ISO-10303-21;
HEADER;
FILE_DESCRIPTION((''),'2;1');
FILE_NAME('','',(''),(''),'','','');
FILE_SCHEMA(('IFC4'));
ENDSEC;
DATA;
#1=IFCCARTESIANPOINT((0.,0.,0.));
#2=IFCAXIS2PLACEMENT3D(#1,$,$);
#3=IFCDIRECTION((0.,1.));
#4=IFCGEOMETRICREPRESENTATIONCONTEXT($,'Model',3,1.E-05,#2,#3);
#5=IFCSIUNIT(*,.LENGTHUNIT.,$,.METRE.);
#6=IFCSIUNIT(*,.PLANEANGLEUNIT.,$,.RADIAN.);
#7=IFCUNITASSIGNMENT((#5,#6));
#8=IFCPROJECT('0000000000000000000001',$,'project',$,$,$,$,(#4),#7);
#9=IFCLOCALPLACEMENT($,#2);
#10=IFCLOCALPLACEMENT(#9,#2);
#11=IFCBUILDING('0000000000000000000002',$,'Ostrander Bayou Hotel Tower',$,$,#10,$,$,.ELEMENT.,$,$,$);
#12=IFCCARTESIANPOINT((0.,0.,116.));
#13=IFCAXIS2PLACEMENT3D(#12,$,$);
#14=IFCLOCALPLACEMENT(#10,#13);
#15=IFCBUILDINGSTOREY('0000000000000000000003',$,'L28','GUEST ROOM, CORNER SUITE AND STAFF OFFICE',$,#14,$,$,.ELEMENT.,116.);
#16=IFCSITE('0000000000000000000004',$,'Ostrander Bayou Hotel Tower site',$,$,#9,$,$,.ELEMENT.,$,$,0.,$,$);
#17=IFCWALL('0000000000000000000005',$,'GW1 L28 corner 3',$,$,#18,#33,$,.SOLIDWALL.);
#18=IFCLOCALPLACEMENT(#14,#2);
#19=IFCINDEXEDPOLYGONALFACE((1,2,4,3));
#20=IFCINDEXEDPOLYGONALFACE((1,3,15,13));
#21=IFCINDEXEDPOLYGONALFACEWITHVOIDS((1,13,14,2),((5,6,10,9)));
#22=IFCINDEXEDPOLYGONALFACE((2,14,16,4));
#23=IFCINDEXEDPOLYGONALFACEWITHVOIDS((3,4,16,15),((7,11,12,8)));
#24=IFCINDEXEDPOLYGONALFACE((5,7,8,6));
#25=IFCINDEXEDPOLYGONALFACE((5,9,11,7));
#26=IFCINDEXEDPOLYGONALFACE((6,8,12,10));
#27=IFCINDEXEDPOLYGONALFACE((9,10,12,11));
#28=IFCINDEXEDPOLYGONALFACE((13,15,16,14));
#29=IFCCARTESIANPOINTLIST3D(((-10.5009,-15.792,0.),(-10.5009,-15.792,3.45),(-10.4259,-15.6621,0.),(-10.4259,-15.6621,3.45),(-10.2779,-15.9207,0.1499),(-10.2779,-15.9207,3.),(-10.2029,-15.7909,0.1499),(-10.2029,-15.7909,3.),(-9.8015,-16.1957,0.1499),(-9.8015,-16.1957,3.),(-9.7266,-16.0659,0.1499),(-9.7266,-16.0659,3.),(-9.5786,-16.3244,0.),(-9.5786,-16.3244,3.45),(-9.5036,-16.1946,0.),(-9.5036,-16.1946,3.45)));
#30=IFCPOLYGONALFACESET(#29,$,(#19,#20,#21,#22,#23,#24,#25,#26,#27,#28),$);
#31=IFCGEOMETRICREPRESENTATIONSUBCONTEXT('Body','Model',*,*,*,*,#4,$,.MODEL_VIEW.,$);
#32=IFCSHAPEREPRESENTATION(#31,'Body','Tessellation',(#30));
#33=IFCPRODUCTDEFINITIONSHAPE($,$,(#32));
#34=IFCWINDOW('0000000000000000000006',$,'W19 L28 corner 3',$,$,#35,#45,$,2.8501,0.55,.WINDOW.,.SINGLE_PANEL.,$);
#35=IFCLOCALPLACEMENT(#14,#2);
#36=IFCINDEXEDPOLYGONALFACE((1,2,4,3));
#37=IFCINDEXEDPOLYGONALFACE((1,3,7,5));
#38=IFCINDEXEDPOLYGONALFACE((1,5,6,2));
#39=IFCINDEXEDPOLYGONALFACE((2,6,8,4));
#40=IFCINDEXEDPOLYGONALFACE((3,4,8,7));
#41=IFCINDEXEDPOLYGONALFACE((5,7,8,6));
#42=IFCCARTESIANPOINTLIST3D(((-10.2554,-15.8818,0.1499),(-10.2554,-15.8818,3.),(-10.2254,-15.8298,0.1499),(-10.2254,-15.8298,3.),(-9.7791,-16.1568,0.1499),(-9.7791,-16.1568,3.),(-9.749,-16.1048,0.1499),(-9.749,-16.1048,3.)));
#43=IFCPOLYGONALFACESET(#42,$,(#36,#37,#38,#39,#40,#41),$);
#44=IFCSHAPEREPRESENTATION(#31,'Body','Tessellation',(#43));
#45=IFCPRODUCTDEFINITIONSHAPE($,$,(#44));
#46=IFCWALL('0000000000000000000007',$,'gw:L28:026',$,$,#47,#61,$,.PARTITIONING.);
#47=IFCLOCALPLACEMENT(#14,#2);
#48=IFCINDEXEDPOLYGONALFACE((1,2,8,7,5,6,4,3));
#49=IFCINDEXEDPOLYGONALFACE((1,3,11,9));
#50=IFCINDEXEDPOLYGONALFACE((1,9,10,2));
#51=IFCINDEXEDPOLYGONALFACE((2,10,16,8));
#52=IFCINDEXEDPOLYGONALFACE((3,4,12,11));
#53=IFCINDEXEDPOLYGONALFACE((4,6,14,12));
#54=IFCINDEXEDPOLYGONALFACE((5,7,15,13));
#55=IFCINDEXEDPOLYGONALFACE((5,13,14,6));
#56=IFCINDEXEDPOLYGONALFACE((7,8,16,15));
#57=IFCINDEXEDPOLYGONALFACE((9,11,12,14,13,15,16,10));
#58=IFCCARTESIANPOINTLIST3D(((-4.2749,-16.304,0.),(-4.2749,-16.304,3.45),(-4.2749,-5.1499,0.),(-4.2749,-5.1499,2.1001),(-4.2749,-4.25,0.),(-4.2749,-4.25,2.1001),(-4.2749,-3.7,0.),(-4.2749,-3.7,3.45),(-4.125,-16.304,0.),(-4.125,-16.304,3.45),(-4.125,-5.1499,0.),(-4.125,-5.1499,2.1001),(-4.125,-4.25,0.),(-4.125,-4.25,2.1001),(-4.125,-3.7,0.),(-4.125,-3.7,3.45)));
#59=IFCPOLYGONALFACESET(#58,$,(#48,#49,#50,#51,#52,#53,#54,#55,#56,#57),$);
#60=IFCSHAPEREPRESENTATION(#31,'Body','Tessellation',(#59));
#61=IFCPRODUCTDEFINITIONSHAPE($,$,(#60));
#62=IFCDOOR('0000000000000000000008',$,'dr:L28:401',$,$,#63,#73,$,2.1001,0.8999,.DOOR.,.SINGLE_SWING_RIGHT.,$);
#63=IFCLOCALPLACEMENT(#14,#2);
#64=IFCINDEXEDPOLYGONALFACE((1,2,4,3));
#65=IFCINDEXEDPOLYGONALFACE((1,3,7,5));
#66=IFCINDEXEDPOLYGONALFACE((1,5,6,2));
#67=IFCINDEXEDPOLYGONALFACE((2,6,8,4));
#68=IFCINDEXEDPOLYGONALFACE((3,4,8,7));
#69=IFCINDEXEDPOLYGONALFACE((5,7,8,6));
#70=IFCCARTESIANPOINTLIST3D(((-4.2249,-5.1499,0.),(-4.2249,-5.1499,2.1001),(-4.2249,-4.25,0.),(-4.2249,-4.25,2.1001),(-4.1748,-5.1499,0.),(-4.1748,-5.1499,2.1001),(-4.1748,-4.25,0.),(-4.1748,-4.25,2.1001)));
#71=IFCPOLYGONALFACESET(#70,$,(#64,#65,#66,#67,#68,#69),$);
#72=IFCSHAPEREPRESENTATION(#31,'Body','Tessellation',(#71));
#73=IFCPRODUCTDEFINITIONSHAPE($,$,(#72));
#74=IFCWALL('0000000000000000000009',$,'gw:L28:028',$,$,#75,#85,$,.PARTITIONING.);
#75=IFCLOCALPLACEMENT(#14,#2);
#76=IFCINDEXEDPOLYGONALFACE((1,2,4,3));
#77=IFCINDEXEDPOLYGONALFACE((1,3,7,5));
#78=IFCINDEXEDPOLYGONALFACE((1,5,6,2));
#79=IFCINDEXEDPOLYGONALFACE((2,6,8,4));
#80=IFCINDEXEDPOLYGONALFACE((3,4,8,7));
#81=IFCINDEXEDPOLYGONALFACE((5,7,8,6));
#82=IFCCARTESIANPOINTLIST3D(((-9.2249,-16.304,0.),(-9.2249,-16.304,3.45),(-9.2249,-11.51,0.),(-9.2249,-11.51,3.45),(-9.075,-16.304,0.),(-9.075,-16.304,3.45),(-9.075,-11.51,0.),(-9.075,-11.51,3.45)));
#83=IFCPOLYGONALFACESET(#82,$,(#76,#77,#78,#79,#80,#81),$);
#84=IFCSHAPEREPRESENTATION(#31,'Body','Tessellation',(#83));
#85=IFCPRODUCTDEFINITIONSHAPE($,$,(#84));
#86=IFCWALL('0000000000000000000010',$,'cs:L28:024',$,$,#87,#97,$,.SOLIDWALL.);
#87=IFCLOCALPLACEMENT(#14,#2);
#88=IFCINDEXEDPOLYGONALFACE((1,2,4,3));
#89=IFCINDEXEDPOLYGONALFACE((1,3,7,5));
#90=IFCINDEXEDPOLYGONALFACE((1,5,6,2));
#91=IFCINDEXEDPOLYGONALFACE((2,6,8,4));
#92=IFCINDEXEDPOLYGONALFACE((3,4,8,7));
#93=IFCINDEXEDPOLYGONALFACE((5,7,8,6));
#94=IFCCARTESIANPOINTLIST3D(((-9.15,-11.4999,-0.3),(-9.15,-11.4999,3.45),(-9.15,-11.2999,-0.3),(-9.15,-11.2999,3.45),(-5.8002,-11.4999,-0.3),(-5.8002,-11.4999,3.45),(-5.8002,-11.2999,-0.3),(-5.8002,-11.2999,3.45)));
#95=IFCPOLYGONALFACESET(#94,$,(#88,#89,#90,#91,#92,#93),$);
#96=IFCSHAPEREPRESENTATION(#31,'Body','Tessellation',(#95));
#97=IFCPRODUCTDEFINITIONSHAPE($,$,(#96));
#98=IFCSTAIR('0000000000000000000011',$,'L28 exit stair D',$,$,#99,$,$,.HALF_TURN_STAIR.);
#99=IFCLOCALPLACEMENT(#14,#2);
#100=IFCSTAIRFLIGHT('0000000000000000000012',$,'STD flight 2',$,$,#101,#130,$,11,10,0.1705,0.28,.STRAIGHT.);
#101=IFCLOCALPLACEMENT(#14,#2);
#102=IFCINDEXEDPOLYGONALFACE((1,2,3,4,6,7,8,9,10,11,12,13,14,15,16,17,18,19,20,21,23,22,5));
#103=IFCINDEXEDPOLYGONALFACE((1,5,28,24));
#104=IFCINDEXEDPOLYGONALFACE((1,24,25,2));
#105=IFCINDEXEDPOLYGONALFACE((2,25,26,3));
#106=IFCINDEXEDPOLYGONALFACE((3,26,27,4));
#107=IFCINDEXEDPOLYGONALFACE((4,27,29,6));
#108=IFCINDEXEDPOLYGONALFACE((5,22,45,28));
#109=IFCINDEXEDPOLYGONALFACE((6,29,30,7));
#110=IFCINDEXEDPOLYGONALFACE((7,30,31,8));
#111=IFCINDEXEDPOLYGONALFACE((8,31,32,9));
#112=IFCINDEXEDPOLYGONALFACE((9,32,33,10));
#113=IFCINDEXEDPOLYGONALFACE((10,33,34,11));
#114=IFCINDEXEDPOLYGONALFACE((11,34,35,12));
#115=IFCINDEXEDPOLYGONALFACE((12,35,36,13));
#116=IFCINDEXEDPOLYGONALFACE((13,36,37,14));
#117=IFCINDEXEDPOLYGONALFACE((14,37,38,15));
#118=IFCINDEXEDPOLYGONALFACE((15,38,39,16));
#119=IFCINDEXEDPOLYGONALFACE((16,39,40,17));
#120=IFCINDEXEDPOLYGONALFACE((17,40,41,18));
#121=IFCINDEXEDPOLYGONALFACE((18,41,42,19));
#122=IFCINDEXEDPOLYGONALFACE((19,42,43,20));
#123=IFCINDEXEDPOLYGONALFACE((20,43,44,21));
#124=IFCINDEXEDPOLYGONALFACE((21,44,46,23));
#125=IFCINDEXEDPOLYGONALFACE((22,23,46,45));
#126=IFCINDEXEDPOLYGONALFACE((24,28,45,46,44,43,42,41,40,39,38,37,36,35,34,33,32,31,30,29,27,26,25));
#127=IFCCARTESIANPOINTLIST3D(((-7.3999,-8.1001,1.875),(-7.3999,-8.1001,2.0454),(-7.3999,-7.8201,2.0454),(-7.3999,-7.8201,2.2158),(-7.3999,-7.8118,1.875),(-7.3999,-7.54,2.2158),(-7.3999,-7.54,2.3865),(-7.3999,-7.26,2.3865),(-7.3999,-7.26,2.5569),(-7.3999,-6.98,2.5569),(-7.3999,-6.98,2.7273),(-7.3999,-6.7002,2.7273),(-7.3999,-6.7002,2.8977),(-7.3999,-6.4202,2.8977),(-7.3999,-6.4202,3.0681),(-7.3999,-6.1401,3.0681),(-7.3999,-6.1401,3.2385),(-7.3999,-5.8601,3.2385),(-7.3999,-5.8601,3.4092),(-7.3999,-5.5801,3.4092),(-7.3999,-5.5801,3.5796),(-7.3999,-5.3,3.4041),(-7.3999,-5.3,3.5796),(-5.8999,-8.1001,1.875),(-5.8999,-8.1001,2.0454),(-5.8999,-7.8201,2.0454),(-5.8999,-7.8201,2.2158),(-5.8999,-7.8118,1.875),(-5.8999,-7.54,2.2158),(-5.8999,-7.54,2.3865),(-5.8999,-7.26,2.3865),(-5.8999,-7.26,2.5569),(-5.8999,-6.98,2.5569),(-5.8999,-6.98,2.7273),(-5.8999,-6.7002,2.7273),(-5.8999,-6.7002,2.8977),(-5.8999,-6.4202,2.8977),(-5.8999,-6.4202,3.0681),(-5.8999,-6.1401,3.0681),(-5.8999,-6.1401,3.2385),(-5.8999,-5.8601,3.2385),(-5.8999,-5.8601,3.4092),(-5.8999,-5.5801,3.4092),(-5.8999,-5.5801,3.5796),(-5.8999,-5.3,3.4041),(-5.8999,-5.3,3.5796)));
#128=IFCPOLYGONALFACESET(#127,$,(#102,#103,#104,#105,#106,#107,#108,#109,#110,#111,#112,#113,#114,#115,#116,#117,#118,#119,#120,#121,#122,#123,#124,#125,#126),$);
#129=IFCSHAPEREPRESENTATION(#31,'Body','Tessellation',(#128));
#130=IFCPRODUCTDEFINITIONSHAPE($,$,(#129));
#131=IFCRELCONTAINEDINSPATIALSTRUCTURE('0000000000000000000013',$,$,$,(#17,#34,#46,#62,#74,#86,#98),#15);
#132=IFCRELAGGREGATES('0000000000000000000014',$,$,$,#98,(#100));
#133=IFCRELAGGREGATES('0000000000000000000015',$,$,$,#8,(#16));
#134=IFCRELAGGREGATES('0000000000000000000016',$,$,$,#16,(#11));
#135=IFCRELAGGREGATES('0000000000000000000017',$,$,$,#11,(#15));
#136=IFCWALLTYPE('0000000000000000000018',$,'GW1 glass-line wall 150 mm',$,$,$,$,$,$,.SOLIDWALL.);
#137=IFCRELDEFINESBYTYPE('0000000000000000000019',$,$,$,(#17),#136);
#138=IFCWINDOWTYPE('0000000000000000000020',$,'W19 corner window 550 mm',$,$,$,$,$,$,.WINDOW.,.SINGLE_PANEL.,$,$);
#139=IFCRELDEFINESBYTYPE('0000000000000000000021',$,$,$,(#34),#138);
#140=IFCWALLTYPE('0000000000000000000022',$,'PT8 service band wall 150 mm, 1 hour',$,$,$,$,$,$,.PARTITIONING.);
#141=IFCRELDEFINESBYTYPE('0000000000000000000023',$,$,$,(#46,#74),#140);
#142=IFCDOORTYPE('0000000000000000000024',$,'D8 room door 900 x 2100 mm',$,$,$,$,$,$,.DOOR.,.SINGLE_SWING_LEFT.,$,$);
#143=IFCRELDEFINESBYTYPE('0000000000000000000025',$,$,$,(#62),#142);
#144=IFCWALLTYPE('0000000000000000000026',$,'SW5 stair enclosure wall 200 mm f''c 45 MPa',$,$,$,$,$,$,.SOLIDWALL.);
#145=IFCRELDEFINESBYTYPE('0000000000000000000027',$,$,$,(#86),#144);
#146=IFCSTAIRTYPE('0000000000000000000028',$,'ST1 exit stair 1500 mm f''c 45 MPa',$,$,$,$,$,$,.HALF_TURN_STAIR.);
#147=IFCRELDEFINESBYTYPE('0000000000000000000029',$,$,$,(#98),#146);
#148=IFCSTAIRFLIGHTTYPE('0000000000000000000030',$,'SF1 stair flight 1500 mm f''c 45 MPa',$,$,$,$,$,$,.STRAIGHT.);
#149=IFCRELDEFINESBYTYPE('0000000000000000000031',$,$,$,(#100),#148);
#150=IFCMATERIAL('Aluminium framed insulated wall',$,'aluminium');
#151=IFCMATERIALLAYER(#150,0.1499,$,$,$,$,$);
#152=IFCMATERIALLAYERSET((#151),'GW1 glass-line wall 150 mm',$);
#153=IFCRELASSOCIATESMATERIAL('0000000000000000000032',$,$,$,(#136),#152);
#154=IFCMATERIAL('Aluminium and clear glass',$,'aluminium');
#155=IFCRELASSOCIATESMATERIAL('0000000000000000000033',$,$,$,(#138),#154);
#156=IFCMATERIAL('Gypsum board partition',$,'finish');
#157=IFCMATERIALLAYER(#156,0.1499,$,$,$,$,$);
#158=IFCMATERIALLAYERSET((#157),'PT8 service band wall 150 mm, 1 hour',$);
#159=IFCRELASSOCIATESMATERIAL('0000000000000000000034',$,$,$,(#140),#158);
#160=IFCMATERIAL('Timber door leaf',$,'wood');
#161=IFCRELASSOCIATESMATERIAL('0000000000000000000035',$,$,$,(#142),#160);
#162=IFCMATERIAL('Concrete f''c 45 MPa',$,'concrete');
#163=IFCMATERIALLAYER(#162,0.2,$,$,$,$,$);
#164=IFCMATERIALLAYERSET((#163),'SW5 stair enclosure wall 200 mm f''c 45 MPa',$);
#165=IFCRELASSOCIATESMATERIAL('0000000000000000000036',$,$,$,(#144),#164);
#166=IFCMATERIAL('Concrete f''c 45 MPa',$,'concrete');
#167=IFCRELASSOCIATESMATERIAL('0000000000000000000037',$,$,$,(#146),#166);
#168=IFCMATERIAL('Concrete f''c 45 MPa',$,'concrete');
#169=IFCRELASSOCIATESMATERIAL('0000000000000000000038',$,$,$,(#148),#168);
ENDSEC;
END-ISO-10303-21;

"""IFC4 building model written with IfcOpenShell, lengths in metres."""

from ifc_helpers import new_model, si_unit, direction, frame, frame_2d, origin, place, context, subcontext, project, spatial, polyline, rectangle, outline, extrude, material, layer, layer_set, type_object, element, fill, aggregate, save


model = new_model("IFC4")

# Units and contexts
model_context = context("Model", 3, precision=1e-05, world=origin(), true_north=direction((0.0, 1.0)))
body_context = subcontext(model_context, "Body", "Model", "MODEL_VIEW")
ifc_project = project(units=[si_unit("LENGTHUNIT", "METRE"), si_unit("PLANEANGLEUNIT", "RADIAN")], contexts=[model_context])

# Site, building, storey
site_placement = place(None, origin())
site = spatial("IfcSite", under=ifc_project, at=site_placement, Name="Ostrander Bayou Hotel Tower site", CompositionType="ELEMENT", RefElevation=0.0)
building_placement = place(site_placement, origin())
building = spatial("IfcBuilding", under=site, at=building_placement, Name="Ostrander Bayou Hotel Tower", CompositionType="ELEMENT")
storey_placement = place(building_placement, frame((0.0, 0.0, 116.0)))
storey = spatial("IfcBuildingStorey", under=building, at=storey_placement, Name="L28", Description="GUEST ROOM, CORNER SUITE AND STAFF OFFICE", CompositionType="ELEMENT", Elevation=116.0)

# Shared definitions
ifc_material_1 = material(Name="Aluminium framed insulated wall", Category="aluminium")
ifc_layer_1 = layer(ifc_material_1, 0.1499)
ifc_layer_set_1 = layer_set([ifc_layer_1], Name="GW1 glass-line wall 150 mm")
wall_type_1 = type_object("IfcWallType", Name="GW1 glass-line wall 150 mm", PredefinedType="SOLIDWALL", material=ifc_layer_set_1)

# Wall, opening, window
wall_1_placement = place(storey_placement, frame((-10.4634, -15.7271, 0.0), z_axis=(0.0, 0.0, 1.0), x_axis=(0.866048, -0.499961, 0.0)))
wall_1 = element("IfcWall", 1, at=wall_1_placement, inside=storey, type_object=wall_type_1, Name="GW1 L28 corner 3", PredefinedType="SOLIDWALL", context=body_context, shape_type="SweptSolid", body=[
    extrude(rectangle(XDim=1.0649, YDim=0.1499, at=frame_2d((0.5325, 0.0))), origin(), (0.0, 0.0, 1.0), 3.45),
])
opening_1_placement = place(wall_1_placement, frame((0.2576, 0.0, 0.1499)))
opening_1 = element("IfcOpeningElement", 2, at=opening_1_placement, cuts=wall_1, PredefinedType="OPENING", context=body_context, shape_type="SweptSolid", body=[
    extrude(rectangle(XDim=0.55, YDim=2.8501, at=frame_2d((0.2749, 1.425))), frame((0.0, 0.075, 0.0), z_axis=(0.0, -1.0, 0.0), x_axis=(1.0, 0.0, 0.0)), (0.0, 0.0, 1.0), 0.1499),
])
ifc_material_2 = material(Name="Aluminium and clear glass", Category="aluminium")
window_type_1 = type_object("IfcWindowType", Name="W19 corner window 550 mm", PartitioningType="SINGLE_PANEL", PredefinedType="WINDOW", material=ifc_material_2)
window_1_placement = place(opening_1_placement, origin())
window_1 = element("IfcWindow", 3, at=window_1_placement, inside=storey, type_object=window_type_1, Name="W19 L28 corner 3", OverallHeight=2.8501, OverallWidth=0.55, PartitioningType="SINGLE_PANEL", PredefinedType="WINDOW", context=body_context, shape_type="SweptSolid", body=[
    extrude(rectangle(XDim=0.55, YDim=2.8501, at=frame_2d((0.2749, 1.425))), frame((0.0, 0.03, 0.0), z_axis=(0.0, -1.0, 0.0), x_axis=(1.0, 0.0, 0.0)), (0.0, 0.0, 1.0), 0.0601),
])
fill(opening_1, window_1)

# Wall, opening, door
ifc_material_3 = material(Name="Gypsum board partition", Category="finish")
ifc_layer_2 = layer(ifc_material_3, 0.1499)
ifc_layer_set_2 = layer_set([ifc_layer_2], Name="PT8 service band wall 150 mm, 1 hour")
wall_type_2 = type_object("IfcWallType", Name="PT8 service band wall 150 mm, 1 hour", PredefinedType="PARTITIONING", material=ifc_layer_set_2)
wall_2_placement = place(storey_placement, frame((-4.2, -16.304, 0.0), z_axis=(0.0, 0.0, 1.0), x_axis=(0.0, 1.0, 0.0)))
wall_2 = element("IfcWall", 4, at=wall_2_placement, inside=storey, type_object=wall_type_2, Name="gw:L28:026", PredefinedType="PARTITIONING", context=body_context, shape_type="SweptSolid", body=[
    extrude(rectangle(XDim=12.604, YDim=0.1499, at=frame_2d((6.302, 0.0))), origin(), (0.0, 0.0, 1.0), 3.45),
])
opening_2_placement = place(wall_2_placement, frame((11.1541, 0.0, 0.0)))
opening_2 = element("IfcOpeningElement", 5, at=opening_2_placement, cuts=wall_2, PredefinedType="OPENING", context=body_context, shape_type="SweptSolid", body=[
    extrude(rectangle(XDim=0.8999, YDim=2.1001, at=frame_2d((0.45, 1.05))), frame((0.0, 0.075, 0.0), z_axis=(0.0, -1.0, 0.0), x_axis=(1.0, 0.0, 0.0)), (0.0, 0.0, 1.0), 0.1499),
])
ifc_material_4 = material(Name="Timber door leaf", Category="wood")
door_type_1 = type_object("IfcDoorType", Name="D8 room door 900 x 2100 mm", OperationType="SINGLE_SWING_LEFT", PredefinedType="DOOR", material=ifc_material_4)
door_1_placement = place(opening_2_placement, origin())
door_1 = element("IfcDoor", 6, at=door_1_placement, inside=storey, type_object=door_type_1, Name="dr:L28:401", OperationType="SINGLE_SWING_RIGHT", OverallHeight=2.1001, OverallWidth=0.8999, PredefinedType="DOOR", context=body_context, shape_type="SweptSolid", body=[
    extrude(rectangle(XDim=0.8999, YDim=2.1001, at=frame_2d((0.45, 1.05))), frame((0.0, 0.0249, 0.0), z_axis=(0.0, -1.0, 0.0), x_axis=(1.0, 0.0, 0.0)), (0.0, 0.0, 1.0), 0.05),
])
fill(opening_2, door_1)

# Walls
wall_3_placement = place(storey_placement, frame((-9.1499, -16.304, 0.0), z_axis=(0.0, 0.0, 1.0), x_axis=(0.0, 1.0, 0.0)))
element("IfcWall", 7, at=wall_3_placement, inside=storey, type_object=wall_type_2, Name="gw:L28:028", PredefinedType="PARTITIONING", context=body_context, shape_type="SweptSolid", body=[
    extrude(rectangle(XDim=4.7939, YDim=0.1499, at=frame_2d((2.397, 0.0))), origin(), (0.0, 0.0, 1.0), 3.45),
])
ifc_material_5 = material(Name="Concrete f'c 45 MPa", Category="concrete")
ifc_layer_3 = layer(ifc_material_5, 0.2)
ifc_layer_set_3 = layer_set([ifc_layer_3], Name="SW5 stair enclosure wall 200 mm f'c 45 MPa")
wall_type_3 = type_object("IfcWallType", Name="SW5 stair enclosure wall 200 mm f'c 45 MPa", PredefinedType="SOLIDWALL", material=ifc_layer_set_3)
wall_4_placement = place(storey_placement, frame((-9.1499, -11.3999, -0.3), z_axis=(0.0, 0.0, 1.0), x_axis=(1.0, 0.0, 0.0)))
element("IfcWall", 8, at=wall_4_placement, inside=storey, type_object=wall_type_3, Name="cs:L28:024", PredefinedType="SOLIDWALL", context=body_context, shape_type="SweptSolid", body=[
    extrude(rectangle(XDim=3.3499, YDim=0.2, at=frame_2d((1.6748, 0.0))), origin(), (0.0, 0.0, 1.0), 3.75),
])

# Stair, stair flight
ifc_material_6 = material(Name="Concrete f'c 45 MPa", Category="concrete")
stair_type = type_object("IfcStairType", Name="ST1 exit stair 1500 mm f'c 45 MPa", PredefinedType="HALF_TURN_STAIR", material=ifc_material_6)
stair_placement = place(storey_placement, origin())
stair = element("IfcStair", 9, at=stair_placement, inside=storey, type_object=stair_type, Name="L28 exit stair D", PredefinedType="HALF_TURN_STAIR")
ifc_material_7 = material(Name="Concrete f'c 45 MPa", Category="concrete")
stair_flight_type = type_object("IfcStairFlightType", Name="SF1 stair flight 1500 mm f'c 45 MPa", PredefinedType="STRAIGHT", material=ifc_material_7)
stair_flight_placement = place(storey_placement, frame((-6.6499, -8.1001, 1.875), z_axis=(0.0, 0.0, 1.0), x_axis=(0.0, 1.0, 0.0)))
stair_flight = element("IfcStairFlight", 10, at=stair_flight_placement, type_object=stair_flight_type, Name="STD flight 2", NumberOfRisers=11, NumberOfTreads=10, PredefinedType="STRAIGHT", RiserHeight=0.1705, TreadLength=0.28, context=body_context, shape_type="SweptSolid", body=[
    extrude(outline(polyline([(0.0, 0.0), (0.0, 0.1704), (0.28, 0.1704), (0.28, 0.3408), (0.5601, 0.3408), (0.5601, 0.5115), (0.8401, 0.5115), (0.8401, 0.6819), (1.1201, 0.6819), (1.1201, 0.8523), (1.3999, 0.8523), (1.3999, 1.0227), (1.6799, 1.0227), (1.6799, 1.1931), (1.96, 1.1931), (1.96, 1.3635), (2.24, 1.3635), (2.24, 1.5342), (2.52, 1.5342), (2.52, 1.7046), (2.8, 1.7046), (2.8, 1.875), (2.8, 1.5291), (0.2883, 0.0), (0.0, 0.0)])), frame((0.0, 0.75, 0.0), z_axis=(0.0, -1.0, 0.0), x_axis=(1.0, 0.0, 0.0)), (0.0, 0.0, 1.0), 1.5),
])
aggregate(stair, [stair_flight])

save(model, "model.ifc")
